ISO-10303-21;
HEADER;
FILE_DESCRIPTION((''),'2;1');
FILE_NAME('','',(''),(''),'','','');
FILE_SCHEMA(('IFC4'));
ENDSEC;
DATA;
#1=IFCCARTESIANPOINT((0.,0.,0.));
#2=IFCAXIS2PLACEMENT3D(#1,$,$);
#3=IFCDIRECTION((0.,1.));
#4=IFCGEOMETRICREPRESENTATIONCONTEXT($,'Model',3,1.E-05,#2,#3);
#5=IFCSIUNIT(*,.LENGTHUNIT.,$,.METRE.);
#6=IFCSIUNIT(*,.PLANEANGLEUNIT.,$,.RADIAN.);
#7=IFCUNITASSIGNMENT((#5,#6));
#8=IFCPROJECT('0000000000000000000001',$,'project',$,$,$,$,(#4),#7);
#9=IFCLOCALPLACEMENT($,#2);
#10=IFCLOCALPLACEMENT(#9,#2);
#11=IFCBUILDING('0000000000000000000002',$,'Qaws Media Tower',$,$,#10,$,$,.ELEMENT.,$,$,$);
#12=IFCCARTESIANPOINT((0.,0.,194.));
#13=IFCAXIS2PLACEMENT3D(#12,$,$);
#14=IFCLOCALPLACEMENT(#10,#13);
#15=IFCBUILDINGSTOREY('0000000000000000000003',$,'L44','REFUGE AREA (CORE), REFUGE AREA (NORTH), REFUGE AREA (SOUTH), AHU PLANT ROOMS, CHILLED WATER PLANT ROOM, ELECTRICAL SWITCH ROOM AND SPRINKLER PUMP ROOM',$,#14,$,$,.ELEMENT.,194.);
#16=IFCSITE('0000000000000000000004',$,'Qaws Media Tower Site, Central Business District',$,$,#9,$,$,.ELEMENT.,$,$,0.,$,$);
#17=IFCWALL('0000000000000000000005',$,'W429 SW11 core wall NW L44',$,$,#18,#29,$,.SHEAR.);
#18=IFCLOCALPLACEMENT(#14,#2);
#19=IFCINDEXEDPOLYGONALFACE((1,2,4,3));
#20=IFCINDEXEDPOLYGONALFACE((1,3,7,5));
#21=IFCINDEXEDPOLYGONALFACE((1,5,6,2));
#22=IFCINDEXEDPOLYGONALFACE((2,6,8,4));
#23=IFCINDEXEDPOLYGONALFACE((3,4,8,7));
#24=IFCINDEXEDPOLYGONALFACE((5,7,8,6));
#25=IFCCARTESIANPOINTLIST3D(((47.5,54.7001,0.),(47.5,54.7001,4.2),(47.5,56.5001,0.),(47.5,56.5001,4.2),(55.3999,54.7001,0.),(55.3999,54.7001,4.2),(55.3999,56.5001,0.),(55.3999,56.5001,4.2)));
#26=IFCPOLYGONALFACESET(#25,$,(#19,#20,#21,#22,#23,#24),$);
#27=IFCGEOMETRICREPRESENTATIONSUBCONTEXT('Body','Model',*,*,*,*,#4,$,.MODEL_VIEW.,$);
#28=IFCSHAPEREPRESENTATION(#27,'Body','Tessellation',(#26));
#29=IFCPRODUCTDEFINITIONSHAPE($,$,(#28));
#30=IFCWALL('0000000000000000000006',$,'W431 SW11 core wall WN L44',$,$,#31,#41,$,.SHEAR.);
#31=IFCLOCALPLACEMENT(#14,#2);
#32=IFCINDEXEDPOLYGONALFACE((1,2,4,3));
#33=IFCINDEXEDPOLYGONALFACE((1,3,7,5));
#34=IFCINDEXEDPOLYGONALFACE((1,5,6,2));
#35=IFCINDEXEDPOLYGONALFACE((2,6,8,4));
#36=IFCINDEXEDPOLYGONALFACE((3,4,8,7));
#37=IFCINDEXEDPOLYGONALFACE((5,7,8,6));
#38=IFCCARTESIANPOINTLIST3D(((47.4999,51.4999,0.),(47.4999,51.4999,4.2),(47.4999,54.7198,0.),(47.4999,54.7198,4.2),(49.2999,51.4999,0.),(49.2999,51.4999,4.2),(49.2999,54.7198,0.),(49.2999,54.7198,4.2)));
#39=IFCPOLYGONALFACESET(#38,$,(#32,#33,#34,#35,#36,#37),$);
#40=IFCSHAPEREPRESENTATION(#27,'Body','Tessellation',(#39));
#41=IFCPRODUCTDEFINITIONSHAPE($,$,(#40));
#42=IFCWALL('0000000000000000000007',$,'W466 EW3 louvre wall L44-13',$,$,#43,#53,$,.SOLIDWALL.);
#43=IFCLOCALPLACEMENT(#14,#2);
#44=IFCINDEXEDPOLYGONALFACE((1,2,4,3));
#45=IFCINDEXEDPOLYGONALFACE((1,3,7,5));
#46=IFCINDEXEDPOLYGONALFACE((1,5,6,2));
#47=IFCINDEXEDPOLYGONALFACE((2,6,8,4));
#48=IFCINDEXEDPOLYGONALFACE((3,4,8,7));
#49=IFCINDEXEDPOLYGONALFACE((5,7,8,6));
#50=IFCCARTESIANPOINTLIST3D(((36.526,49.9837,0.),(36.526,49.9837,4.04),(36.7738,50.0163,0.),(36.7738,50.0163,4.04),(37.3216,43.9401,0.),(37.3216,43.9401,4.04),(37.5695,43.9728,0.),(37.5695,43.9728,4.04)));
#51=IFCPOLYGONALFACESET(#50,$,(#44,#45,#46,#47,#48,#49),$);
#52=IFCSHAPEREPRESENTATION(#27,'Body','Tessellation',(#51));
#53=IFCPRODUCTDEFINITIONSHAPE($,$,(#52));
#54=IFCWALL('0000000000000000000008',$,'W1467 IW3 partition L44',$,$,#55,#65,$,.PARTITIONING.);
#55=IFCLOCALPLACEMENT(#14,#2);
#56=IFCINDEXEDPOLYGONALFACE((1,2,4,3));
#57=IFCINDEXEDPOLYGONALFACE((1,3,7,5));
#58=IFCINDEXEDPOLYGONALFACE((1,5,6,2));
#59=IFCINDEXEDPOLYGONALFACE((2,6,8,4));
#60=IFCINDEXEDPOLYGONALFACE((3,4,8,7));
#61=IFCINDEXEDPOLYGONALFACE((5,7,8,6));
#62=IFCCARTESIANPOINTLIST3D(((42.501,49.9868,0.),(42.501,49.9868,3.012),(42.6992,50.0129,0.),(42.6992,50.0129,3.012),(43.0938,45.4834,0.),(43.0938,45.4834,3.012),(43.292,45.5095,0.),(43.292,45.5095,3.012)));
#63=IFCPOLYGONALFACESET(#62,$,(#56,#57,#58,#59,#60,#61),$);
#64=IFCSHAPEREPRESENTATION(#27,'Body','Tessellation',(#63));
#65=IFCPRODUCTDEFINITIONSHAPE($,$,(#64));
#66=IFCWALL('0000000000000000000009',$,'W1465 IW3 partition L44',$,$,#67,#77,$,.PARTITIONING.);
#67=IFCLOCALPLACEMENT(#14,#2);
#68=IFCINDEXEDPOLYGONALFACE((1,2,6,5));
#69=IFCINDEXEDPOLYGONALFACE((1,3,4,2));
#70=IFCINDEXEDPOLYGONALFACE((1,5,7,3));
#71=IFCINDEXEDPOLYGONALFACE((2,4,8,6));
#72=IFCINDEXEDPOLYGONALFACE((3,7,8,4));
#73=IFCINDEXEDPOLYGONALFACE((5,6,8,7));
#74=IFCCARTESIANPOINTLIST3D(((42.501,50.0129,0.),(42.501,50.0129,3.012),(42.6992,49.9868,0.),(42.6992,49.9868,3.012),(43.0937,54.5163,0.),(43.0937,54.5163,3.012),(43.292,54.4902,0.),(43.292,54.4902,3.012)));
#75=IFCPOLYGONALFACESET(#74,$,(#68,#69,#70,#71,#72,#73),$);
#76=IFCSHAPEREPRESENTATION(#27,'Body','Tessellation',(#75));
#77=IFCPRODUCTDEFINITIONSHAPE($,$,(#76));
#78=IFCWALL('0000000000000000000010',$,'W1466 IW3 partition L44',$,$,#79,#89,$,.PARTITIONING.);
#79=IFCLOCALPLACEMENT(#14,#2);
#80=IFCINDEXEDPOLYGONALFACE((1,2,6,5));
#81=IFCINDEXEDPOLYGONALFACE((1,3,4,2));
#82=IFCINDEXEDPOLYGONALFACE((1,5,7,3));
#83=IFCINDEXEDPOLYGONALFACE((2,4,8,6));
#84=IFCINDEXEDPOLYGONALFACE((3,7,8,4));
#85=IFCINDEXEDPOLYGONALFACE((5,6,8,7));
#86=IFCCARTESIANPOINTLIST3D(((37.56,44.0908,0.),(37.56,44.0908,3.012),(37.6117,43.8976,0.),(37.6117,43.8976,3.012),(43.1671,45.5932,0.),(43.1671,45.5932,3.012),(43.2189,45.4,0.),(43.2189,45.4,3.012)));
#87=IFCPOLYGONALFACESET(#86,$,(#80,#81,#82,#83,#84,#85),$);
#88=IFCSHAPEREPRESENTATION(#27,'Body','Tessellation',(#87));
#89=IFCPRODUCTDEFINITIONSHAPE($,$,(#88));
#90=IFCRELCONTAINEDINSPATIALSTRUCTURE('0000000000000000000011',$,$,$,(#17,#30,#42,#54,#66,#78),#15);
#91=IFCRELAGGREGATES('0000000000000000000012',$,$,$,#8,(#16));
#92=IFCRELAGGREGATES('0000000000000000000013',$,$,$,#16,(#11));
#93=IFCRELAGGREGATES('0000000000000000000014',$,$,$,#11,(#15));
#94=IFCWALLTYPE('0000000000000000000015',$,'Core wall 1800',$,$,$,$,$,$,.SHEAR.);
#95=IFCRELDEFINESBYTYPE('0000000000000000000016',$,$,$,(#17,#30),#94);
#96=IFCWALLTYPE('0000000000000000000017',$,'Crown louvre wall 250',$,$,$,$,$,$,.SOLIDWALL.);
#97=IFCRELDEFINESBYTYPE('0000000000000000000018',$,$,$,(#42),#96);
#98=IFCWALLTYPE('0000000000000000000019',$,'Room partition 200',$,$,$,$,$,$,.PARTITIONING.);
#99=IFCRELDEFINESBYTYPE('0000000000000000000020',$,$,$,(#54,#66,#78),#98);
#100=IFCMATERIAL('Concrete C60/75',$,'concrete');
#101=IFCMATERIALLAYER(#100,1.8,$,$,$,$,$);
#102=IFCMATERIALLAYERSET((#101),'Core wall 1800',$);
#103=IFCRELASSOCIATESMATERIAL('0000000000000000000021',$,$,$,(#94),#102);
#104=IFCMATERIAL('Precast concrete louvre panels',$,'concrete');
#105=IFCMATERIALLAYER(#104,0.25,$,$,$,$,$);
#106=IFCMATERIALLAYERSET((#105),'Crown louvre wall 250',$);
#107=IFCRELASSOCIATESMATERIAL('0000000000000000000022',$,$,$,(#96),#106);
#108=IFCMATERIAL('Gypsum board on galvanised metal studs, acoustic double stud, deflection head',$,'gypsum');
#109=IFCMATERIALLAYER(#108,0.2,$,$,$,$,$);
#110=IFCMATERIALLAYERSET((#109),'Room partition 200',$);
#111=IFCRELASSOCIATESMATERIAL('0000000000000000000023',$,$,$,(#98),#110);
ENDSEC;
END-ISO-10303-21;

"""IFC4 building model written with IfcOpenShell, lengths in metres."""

from ifc_helpers import new_model, si_unit, direction, frame, frame_2d, origin, place, context, subcontext, project, spatial, rectangle, extrude, material, layer, layer_set, type_object, element, save


model = new_model("IFC4")

# Units and contexts
model_context = context("Model", 3, precision=1e-05, world=origin(), true_north=direction((0.0, 1.0)))
body_context = subcontext(model_context, "Body", "Model", "MODEL_VIEW")
ifc_project = project(units=[si_unit("LENGTHUNIT", "METRE"), si_unit("PLANEANGLEUNIT", "RADIAN")], contexts=[model_context])

# Site, building, storey
site_placement = place(None, origin())
site = spatial("IfcSite", under=ifc_project, at=site_placement, Name="Qaws Media Tower Site, Central Business District", CompositionType="ELEMENT", RefElevation=0.0)
building_placement = place(site_placement, origin())
building = spatial("IfcBuilding", under=site, at=building_placement, Name="Qaws Media Tower", CompositionType="ELEMENT")
storey_placement = place(building_placement, frame((0.0, 0.0, 194.0)))
storey = spatial("IfcBuildingStorey", under=building, at=storey_placement, Name="L44", Description="REFUGE AREA (CORE), REFUGE AREA (NORTH), REFUGE AREA (SOUTH), AHU PLANT ROOMS, CHILLED WATER PLANT ROOM, ELECTRICAL SWITCH ROOM AND SPRINKLER PUMP ROOM", CompositionType="ELEMENT", Elevation=194.0)

# Walls
ifc_material_1 = material(Name="Concrete C60/75", Category="concrete")
ifc_layer_1 = layer(ifc_material_1, 1.8)
ifc_layer_set_1 = layer_set([ifc_layer_1], Name="Core wall 1800")
wall_type_1 = type_object("IfcWallType", Name="Core wall 1800", PredefinedType="SHEAR", material=ifc_layer_set_1)
wall_1_placement = place(storey_placement, frame((47.5, 55.6001, 0.0), z_axis=(0.0, 0.0, 1.0), x_axis=(1.0, 0.0, 0.0)))
element("IfcWall", 1, at=wall_1_placement, inside=storey, type_object=wall_type_1, Name="W429 SW11 core wall NW L44", PredefinedType="SHEAR", context=body_context, shape_type="SweptSolid", body=[
    extrude(rectangle(XDim=7.8999, YDim=1.8, at=frame_2d((3.95, 0.0))), origin(), (0.0, 0.0, 1.0), 4.2),
])
wall_2_placement = place(storey_placement, frame((48.3999, 51.5, 0.0), z_axis=(0.0, 0.0, 1.0), x_axis=(0.0, 1.0, 0.0)))
element("IfcWall", 2, at=wall_2_placement, inside=storey, type_object=wall_type_1, Name="W431 SW11 core wall WN L44", PredefinedType="SHEAR", context=body_context, shape_type="SweptSolid", body=[
    extrude(rectangle(XDim=3.22, YDim=1.8, at=frame_2d((1.6099, 0.0))), origin(), (0.0, 0.0, 1.0), 4.2),
])
ifc_material_2 = material(Name="Precast concrete louvre panels", Category="concrete")
ifc_layer_2 = layer(ifc_material_2, 0.25)
ifc_layer_set_2 = layer_set([ifc_layer_2], Name="Crown louvre wall 250")
wall_type_2 = type_object("IfcWallType", Name="Crown louvre wall 250", PredefinedType="SOLIDWALL", material=ifc_layer_set_2)
wall_3_placement = place(storey_placement, frame((36.6499, 50.0, 0.0), z_axis=(0.0, 0.0, 1.0), x_axis=(0.130529, -0.991444, 0.0)))
element("IfcWall", 3, at=wall_3_placement, inside=storey, type_object=wall_type_2, Name="W466 EW3 louvre wall L44-13", PredefinedType="SOLIDWALL", context=body_context, shape_type="SweptSolid", body=[
    extrude(rectangle(XDim=6.0957, YDim=0.25, at=frame_2d((3.0479, 0.0))), origin(), (0.0, 0.0, 1.0), 4.04),
])
ifc_material_3 = material(Name="Gypsum board on galvanised metal studs, acoustic double stud, deflection head", Category="gypsum")
ifc_layer_3 = layer(ifc_material_3, 0.2)
ifc_layer_set_3 = layer_set([ifc_layer_3], Name="Room partition 200")
wall_type_3 = type_object("IfcWallType", Name="Room partition 200", PredefinedType="PARTITIONING", material=ifc_layer_set_3)
for number, where, z_axis, x_axis, name in (
    (4, (43.1929, 45.4966, 0.0), (0.0, 0.0, 1.0), (-0.130502, 0.991448, 0.0), "W1467 IW3 partition L44"),
    (5, (42.6001, 50.0, 0.0), (0.0, 0.0, 1.0), (0.130502, 0.991448, 0.0), "W1465 IW3 partition L44"),
):
    element("IfcWall", number, at=place(storey_placement, frame(where, z_axis=z_axis, x_axis=x_axis)), inside=storey, type_object=wall_type_3, Name=name, PredefinedType="PARTITIONING", context=body_context, shape_type="SweptSolid", body=[
        extrude(rectangle(XDim=4.5422, YDim=0.2, at=frame_2d((2.271, 0.0))), origin(), (0.0, 0.0, 1.0), 3.012),
    ])

# Wall
wall_4_placement = place(storey_placement, frame((43.1929, 45.4966, 0.0), z_axis=(0.0, 0.0, 1.0), x_axis=(-0.965926, -0.258819, 0.0)))
element("IfcWall", 6, at=wall_4_placement, inside=storey, type_object=wall_type_3, Name="W1466 IW3 partition L44", PredefinedType="PARTITIONING", context=body_context, shape_type="SweptSolid", body=[
    extrude(rectangle(XDim=5.8049, YDim=0.2, at=frame_2d((2.9023, 0.0))), origin(), (0.0, 0.0, 1.0), 3.012),
])

save(model, "model.ifc")
